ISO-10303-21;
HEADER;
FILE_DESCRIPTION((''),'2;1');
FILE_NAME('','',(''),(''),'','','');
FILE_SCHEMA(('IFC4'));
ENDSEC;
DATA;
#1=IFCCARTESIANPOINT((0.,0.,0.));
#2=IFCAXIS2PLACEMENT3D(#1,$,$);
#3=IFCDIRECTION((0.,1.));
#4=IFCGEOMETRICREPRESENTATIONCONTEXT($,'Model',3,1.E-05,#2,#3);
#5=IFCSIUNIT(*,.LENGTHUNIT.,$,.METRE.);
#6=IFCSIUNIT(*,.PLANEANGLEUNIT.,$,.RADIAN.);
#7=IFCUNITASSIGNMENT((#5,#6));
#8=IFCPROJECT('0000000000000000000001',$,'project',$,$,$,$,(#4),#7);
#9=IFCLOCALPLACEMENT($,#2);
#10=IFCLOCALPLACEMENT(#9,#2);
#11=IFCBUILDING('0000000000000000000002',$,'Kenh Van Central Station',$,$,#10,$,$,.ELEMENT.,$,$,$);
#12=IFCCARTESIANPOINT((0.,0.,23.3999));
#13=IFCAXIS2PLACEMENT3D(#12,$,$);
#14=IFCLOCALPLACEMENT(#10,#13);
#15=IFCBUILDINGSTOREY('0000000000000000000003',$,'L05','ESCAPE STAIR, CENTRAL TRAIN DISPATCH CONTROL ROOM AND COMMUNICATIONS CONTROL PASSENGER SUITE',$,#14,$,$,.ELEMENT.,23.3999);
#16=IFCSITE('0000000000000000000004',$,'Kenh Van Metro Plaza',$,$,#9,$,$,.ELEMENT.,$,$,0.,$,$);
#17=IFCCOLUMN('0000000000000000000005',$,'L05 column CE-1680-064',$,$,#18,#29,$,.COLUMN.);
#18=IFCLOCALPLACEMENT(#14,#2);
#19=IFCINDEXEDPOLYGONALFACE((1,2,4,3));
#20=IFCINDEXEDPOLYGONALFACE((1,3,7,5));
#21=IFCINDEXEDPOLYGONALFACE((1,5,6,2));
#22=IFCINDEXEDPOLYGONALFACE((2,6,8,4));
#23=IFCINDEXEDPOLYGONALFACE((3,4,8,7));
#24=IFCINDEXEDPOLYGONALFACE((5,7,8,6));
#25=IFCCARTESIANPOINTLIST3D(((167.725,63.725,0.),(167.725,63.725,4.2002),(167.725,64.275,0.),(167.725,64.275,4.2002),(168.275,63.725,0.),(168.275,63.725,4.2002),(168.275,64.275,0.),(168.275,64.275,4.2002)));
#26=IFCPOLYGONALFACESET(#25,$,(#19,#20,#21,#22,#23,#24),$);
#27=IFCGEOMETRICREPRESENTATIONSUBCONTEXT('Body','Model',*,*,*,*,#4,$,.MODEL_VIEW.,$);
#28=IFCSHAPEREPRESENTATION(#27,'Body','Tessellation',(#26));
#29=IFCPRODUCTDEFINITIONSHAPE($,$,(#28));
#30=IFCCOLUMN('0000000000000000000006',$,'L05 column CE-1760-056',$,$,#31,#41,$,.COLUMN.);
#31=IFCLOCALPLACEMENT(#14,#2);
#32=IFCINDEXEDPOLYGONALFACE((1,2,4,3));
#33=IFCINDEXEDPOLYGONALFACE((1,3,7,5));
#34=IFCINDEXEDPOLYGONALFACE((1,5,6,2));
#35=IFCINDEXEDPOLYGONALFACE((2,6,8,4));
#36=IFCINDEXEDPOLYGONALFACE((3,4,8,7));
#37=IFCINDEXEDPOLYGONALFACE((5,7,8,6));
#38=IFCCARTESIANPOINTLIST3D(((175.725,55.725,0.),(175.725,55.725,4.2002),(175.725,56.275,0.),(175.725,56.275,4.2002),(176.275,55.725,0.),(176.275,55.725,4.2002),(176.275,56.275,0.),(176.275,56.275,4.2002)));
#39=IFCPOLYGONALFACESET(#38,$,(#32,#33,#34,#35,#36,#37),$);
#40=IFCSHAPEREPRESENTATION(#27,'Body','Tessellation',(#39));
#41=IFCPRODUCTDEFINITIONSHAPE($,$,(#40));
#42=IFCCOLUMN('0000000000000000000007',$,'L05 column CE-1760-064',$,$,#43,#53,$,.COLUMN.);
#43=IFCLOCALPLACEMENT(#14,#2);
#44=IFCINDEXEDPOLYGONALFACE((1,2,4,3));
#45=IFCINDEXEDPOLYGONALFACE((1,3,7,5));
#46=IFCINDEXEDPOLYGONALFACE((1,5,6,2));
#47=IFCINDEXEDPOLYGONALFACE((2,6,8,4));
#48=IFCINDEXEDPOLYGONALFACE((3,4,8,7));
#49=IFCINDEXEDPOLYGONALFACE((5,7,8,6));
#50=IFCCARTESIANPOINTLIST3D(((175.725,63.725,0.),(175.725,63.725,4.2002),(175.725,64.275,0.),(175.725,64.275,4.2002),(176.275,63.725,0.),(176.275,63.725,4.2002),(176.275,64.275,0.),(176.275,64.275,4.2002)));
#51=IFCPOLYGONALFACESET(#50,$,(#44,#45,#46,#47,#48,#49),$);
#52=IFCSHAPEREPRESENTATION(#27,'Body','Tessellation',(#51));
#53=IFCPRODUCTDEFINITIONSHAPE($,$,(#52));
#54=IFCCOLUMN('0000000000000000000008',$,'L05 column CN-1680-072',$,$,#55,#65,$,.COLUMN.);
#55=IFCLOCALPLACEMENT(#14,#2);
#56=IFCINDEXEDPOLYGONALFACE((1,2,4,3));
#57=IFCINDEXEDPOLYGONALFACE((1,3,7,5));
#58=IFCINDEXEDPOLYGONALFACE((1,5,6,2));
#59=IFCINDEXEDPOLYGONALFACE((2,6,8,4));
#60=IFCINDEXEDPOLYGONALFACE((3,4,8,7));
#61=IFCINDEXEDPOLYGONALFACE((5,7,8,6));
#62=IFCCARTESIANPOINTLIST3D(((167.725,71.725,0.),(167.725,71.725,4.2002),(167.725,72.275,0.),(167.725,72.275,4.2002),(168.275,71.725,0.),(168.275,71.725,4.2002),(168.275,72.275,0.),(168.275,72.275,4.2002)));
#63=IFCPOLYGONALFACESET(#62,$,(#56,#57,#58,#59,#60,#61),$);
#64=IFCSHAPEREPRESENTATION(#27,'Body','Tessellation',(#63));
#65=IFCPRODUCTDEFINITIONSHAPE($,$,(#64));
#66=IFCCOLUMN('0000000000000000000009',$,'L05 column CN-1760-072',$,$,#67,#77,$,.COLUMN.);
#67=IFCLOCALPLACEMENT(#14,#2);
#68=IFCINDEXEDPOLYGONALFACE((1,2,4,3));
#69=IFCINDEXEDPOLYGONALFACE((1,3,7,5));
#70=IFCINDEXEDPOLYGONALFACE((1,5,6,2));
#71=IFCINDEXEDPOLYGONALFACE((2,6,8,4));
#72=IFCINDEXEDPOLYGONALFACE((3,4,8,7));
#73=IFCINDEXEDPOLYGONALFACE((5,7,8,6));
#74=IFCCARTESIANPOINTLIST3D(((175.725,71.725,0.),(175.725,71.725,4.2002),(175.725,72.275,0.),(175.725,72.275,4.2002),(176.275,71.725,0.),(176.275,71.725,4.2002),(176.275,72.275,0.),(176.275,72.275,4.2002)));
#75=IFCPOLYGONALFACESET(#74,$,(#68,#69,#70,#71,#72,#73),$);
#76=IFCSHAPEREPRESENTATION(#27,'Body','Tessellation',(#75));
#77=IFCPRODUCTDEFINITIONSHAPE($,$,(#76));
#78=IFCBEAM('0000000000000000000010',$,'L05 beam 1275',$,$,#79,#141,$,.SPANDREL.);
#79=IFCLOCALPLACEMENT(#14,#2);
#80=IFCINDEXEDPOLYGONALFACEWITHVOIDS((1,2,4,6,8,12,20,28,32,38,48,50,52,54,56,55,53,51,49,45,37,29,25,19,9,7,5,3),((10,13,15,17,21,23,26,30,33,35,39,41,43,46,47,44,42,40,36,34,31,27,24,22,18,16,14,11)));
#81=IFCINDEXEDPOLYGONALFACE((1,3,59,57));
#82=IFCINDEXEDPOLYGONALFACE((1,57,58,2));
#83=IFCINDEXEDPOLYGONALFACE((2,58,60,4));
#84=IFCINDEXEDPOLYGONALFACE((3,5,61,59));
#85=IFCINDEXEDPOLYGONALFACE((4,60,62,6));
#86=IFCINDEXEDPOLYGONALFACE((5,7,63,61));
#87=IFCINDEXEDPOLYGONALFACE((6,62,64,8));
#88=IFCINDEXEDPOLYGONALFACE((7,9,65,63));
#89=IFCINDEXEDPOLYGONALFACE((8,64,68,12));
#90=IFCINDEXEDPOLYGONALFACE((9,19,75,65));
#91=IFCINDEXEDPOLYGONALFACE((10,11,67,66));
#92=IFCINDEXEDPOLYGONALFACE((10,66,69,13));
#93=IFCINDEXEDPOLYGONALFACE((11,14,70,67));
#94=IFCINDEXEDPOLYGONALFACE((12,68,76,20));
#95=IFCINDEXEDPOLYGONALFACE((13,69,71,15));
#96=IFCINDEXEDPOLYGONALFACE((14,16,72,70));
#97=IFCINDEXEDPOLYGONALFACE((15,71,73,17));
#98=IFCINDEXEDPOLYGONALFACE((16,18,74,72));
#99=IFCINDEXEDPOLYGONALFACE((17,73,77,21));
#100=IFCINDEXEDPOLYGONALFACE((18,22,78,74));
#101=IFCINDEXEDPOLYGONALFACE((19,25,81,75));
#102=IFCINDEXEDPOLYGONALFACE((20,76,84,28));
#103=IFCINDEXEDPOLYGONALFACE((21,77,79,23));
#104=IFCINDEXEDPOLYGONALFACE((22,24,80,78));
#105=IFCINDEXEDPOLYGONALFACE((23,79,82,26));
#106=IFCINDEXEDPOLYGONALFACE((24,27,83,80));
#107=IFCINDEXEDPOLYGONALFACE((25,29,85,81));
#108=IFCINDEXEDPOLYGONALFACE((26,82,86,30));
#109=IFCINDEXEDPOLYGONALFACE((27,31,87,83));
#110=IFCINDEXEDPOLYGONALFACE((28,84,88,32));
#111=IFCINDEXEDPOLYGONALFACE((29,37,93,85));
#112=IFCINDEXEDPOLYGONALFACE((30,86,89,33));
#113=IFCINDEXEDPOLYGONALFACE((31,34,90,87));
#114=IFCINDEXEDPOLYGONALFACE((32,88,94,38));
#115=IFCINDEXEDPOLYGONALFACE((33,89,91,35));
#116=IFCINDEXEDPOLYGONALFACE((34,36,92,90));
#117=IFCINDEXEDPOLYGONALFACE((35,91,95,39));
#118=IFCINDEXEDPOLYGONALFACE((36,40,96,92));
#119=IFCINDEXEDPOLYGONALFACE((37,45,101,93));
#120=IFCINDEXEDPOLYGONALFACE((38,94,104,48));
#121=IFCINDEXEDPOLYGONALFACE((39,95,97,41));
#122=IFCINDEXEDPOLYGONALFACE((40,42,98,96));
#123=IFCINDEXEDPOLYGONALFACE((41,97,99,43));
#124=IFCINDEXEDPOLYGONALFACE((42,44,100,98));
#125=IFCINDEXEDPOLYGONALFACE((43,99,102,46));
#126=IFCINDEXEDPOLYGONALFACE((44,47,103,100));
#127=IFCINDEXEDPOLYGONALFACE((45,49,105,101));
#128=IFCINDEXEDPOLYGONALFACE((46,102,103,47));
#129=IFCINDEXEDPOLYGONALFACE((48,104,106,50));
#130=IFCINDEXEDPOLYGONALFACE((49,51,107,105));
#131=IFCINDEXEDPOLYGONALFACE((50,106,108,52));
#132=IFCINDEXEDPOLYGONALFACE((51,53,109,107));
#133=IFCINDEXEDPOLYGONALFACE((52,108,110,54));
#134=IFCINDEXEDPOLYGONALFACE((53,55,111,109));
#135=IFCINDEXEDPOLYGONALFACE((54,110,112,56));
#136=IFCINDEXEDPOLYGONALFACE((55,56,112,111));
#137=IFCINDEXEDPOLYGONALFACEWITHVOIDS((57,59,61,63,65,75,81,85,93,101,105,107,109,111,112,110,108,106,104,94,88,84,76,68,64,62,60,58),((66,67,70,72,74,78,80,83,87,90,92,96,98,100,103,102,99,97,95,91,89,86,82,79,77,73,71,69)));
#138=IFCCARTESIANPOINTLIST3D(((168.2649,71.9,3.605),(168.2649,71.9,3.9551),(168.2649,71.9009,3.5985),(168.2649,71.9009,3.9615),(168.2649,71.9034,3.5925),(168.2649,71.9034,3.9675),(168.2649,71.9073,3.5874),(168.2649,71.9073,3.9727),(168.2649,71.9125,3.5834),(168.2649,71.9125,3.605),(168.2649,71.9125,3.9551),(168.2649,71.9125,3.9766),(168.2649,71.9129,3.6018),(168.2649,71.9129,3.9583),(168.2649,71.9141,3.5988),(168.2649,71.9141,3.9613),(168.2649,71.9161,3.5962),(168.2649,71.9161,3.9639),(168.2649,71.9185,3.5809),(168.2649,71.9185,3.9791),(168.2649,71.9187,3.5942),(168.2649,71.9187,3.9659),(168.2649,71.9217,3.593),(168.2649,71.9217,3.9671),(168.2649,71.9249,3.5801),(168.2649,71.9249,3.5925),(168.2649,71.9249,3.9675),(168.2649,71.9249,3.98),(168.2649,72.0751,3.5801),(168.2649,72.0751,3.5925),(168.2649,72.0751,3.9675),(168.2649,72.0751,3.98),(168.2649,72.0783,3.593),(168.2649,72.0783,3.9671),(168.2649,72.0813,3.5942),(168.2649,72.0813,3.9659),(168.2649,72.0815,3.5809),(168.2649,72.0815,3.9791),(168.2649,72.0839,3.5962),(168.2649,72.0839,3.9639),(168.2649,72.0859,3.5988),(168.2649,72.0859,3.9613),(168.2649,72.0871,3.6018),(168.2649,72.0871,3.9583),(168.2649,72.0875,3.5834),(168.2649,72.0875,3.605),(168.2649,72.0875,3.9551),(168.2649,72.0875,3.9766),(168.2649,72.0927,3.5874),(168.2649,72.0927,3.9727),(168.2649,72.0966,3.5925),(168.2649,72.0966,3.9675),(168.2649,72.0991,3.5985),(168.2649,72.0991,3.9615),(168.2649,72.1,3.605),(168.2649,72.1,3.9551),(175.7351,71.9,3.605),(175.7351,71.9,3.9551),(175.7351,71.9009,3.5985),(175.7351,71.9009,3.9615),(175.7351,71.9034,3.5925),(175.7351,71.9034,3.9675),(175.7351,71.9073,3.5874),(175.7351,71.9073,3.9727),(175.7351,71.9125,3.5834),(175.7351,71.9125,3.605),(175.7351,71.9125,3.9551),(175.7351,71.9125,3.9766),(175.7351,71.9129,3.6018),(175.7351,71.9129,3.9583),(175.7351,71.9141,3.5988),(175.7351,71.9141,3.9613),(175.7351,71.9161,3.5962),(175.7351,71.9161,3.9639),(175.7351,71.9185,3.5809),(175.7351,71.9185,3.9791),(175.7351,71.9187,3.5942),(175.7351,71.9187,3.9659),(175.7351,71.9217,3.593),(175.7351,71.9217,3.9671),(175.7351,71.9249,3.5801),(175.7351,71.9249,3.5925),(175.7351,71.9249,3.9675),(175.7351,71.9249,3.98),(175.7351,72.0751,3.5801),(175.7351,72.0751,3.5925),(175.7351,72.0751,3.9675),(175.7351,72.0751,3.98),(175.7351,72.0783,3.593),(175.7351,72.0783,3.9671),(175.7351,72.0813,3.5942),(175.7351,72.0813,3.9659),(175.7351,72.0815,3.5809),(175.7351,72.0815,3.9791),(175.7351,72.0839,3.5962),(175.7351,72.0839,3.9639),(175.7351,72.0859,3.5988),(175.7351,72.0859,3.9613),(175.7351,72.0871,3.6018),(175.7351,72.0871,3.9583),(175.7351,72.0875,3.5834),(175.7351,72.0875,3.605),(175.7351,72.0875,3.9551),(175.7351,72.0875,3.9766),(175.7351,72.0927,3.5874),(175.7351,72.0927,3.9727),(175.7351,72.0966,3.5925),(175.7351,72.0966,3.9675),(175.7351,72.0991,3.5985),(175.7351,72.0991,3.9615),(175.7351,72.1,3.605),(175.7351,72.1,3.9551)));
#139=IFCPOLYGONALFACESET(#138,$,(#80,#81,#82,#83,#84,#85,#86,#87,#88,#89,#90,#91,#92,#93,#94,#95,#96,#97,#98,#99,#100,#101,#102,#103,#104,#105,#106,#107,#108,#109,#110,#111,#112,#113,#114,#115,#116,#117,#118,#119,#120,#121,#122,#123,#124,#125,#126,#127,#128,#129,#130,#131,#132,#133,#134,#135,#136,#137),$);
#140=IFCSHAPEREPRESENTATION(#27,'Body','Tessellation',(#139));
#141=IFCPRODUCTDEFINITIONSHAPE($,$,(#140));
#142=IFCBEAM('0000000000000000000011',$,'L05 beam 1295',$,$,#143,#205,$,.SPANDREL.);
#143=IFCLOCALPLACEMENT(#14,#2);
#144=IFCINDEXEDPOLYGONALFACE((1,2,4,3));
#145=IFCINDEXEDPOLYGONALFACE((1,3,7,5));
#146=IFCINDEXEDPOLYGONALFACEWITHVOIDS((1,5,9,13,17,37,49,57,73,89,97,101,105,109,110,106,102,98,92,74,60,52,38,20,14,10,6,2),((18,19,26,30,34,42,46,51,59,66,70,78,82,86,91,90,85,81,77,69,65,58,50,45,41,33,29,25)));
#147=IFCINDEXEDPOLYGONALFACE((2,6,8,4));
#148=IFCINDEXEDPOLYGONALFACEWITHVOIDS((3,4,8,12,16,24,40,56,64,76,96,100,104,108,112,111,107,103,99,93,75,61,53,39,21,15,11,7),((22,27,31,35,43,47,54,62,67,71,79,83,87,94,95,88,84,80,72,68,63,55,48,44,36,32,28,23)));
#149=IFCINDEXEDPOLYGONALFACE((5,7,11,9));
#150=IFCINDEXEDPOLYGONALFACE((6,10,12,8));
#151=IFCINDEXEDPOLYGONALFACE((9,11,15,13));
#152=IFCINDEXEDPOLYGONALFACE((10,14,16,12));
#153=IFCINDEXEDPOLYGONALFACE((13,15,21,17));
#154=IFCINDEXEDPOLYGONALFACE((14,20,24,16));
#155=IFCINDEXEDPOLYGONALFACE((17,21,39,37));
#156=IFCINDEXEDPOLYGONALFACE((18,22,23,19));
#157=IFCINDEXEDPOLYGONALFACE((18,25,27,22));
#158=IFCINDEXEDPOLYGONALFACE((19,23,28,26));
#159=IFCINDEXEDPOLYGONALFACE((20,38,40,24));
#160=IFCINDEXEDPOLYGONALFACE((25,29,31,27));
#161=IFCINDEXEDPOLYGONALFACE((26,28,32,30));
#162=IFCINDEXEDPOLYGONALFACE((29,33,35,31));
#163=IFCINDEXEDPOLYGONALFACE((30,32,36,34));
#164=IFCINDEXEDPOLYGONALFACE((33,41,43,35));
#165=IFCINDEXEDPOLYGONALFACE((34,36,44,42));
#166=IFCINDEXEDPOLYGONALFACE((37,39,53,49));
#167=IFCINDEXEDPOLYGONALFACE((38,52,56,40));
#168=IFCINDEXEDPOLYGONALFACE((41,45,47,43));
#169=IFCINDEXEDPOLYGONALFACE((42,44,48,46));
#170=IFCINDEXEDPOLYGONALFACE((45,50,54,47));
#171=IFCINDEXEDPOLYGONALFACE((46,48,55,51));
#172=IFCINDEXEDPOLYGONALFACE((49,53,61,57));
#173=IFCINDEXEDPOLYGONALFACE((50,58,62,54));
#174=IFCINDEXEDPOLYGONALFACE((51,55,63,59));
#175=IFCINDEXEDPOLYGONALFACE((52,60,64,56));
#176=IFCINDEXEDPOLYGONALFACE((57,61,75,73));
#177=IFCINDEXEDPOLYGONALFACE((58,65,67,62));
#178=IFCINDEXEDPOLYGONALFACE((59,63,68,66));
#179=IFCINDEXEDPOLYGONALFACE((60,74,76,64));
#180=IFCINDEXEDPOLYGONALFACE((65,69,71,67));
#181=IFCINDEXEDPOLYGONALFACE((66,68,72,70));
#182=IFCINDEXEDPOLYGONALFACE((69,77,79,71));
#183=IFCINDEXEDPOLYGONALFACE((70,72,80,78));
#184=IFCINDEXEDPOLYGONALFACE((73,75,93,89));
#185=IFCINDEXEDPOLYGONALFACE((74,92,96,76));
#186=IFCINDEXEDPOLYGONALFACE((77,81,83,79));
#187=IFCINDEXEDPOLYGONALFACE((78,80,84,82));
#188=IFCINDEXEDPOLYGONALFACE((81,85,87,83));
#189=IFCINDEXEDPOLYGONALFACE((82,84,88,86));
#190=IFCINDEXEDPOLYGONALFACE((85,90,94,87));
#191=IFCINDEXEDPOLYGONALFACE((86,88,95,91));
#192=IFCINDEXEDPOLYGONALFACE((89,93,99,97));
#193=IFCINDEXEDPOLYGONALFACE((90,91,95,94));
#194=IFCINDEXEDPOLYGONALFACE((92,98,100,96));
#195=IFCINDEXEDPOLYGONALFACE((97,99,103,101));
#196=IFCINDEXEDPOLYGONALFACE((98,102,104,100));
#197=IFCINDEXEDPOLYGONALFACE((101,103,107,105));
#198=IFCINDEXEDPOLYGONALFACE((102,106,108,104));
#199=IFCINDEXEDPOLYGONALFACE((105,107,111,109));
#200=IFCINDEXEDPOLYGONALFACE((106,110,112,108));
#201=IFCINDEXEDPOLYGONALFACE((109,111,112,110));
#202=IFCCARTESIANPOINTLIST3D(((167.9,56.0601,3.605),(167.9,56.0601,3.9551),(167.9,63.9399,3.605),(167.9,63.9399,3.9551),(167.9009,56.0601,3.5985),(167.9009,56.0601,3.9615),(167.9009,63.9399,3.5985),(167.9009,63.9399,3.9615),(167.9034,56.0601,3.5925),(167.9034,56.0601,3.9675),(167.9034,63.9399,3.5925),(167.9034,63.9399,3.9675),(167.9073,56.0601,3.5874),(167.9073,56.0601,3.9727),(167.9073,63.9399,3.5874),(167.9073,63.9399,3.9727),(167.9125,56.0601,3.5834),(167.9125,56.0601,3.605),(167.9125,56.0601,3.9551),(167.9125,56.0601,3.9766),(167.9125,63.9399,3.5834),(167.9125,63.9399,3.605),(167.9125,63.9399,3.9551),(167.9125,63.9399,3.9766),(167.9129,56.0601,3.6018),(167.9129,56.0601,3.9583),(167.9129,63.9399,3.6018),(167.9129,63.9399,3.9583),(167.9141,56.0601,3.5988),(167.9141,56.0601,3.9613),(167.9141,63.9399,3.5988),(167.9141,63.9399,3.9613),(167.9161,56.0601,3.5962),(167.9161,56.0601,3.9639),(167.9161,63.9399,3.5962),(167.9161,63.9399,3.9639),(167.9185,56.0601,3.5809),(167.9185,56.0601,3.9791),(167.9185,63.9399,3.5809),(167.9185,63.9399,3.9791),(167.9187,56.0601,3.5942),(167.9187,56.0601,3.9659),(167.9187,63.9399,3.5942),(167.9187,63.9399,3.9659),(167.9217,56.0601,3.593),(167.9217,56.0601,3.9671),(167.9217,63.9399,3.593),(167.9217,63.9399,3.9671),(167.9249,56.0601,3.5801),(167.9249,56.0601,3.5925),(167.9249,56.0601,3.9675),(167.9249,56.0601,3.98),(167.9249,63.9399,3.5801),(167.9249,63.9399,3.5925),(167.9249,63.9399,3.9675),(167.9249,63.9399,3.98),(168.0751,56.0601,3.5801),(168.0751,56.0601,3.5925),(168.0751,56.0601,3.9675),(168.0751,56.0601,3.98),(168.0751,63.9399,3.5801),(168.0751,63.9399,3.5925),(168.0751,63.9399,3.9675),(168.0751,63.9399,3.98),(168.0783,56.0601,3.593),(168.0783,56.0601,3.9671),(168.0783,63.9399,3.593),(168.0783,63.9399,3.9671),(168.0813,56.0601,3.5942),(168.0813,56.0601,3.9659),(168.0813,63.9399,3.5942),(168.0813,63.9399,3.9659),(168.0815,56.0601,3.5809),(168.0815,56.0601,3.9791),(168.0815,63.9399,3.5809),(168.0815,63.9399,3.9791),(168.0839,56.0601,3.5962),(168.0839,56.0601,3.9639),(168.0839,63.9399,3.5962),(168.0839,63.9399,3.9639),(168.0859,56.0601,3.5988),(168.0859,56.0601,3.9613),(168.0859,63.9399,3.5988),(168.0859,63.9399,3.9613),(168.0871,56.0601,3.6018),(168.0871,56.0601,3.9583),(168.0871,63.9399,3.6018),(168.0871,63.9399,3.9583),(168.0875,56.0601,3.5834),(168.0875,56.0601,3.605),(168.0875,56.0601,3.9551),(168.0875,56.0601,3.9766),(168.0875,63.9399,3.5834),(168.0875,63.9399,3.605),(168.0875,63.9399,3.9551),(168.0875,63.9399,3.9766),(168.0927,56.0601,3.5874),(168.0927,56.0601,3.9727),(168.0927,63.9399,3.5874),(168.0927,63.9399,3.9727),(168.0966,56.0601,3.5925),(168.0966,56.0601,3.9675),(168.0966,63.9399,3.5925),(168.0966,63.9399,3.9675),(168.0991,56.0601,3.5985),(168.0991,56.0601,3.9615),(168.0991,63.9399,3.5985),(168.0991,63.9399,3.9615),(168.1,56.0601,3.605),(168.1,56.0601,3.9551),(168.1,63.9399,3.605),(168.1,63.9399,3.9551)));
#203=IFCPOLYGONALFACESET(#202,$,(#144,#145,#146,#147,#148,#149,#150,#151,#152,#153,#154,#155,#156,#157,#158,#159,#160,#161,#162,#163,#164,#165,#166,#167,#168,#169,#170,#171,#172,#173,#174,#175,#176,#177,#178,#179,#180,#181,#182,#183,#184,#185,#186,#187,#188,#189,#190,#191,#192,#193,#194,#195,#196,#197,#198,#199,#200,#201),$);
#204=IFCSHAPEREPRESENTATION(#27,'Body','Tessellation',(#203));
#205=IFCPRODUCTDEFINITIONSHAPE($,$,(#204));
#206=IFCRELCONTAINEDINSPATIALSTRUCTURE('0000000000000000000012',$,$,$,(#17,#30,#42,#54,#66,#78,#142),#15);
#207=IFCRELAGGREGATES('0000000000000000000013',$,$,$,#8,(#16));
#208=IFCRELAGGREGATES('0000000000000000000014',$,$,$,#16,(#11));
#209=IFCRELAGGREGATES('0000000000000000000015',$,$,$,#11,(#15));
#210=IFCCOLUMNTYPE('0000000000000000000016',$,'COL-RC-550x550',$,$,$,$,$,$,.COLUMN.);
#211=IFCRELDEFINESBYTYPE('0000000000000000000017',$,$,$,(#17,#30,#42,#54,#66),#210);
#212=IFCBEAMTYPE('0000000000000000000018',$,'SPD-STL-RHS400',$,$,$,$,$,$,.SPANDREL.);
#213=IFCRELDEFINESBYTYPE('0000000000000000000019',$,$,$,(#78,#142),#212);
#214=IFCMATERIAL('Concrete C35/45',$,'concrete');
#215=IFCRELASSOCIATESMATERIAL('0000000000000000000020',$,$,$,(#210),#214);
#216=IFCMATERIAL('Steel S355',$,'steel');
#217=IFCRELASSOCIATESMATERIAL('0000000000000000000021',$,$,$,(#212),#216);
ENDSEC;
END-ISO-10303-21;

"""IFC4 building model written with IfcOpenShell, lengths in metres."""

from ifc_helpers import new_model, si_unit, direction, frame, origin, origin_2d, place, context, subcontext, project, spatial, rectangle, hollow_rectangle, extrude, material, material_profile, profile_set, type_object, element, save


model = new_model("IFC4")

# Units and contexts
model_context = context("Model", 3, precision=1e-05, world=origin(), true_north=direction((0.0, 1.0)))
body_context = subcontext(model_context, "Body", "Model", "MODEL_VIEW")
ifc_project = project(units=[si_unit("LENGTHUNIT", "METRE"), si_unit("PLANEANGLEUNIT", "RADIAN")], contexts=[model_context])

# Site, building, storey
site_placement = place(None, origin())
site = spatial("IfcSite", under=ifc_project, at=site_placement, Name="Kenh Van Metro Plaza", CompositionType="ELEMENT", RefElevation=0.0)
building_placement = place(site_placement, origin())
building = spatial("IfcBuilding", under=site, at=building_placement, Name="Kenh Van Central Station", CompositionType="ELEMENT")
storey_placement = place(building_placement, frame((0.0, 0.0, 23.3999)))
storey = spatial("IfcBuildingStorey", under=building, at=storey_placement, Name="L05", Description="ESCAPE STAIR, CENTRAL TRAIN DISPATCH CONTROL ROOM AND COMMUNICATIONS CONTROL PASSENGER SUITE", CompositionType="ELEMENT", Elevation=23.3999)

# Columns
ifc_material_1 = material(Name="Concrete C35/45", Category="concrete")
ifc_material_profile_1 = material_profile(ifc_material_1, rectangle(XDim=0.55, YDim=0.55, at=origin_2d()), Name="RC 550x550")
ifc_profile_set_1 = profile_set([ifc_material_profile_1], Name="Concrete C35/45")
column_type = type_object("IfcColumnType", Name="COL-RC-550x550", PredefinedType="COLUMN", material=ifc_profile_set_1)
for number, where, z_axis, x_axis, name in (
    (1, (168.0, 64.0, 0.0), (0.0, 0.0, 1.0), (1.0, 0.0, 0.0), "L05 column CE-1680-064"),
    (2, (176.0, 56.0, 0.0), (0.0, 0.0, 1.0), (1.0, 0.0, 0.0), "L05 column CE-1760-056"),
    (3, (176.0, 64.0, 0.0), (0.0, 0.0, 1.0), (1.0, 0.0, 0.0), "L05 column CE-1760-064"),
    (4, (168.0, 72.0, 0.0), (0.0, 0.0, 1.0), (1.0, 0.0, 0.0), "L05 column CN-1680-072"),
    (5, (176.0, 72.0, 0.0), (0.0, 0.0, 1.0), (1.0, 0.0, 0.0), "L05 column CN-1760-072"),
):
    element("IfcColumn", number, at=place(storey_placement, frame(where, z_axis=z_axis, x_axis=x_axis)), inside=storey, type_object=column_type, Name=name, PredefinedType="COLUMN", context=body_context, shape_type="SweptSolid", body=[
        extrude(rectangle(XDim=0.55, YDim=0.55, at=origin_2d()), origin(), (0.0, 0.0, 1.0), 4.2002),
    ])

# Beams
ifc_material_2 = material(Name="Steel S355", Category="steel")
ifc_material_profile_2 = material_profile(ifc_material_2, hollow_rectangle(XDim=0.2, YDim=0.3999, WallThickness=0.0125, InnerFilletRadius=0.0125, OuterFilletRadius=0.0249, at=origin_2d()), Name="RHS 400x200x12.5")
ifc_profile_set_2 = profile_set([ifc_material_profile_2], Name="Steel S355")
beam_type = type_object("IfcBeamType", Name="SPD-STL-RHS400", PredefinedType="SPANDREL", material=ifc_profile_set_2)
beam_placement = place(storey_placement, frame((168.2649, 72.0, 3.78), z_axis=(1.0, 0.0, 0.0), x_axis=(0.0, 1.0, 0.0)))
element("IfcBeam", 6, at=beam_placement, inside=storey, type_object=beam_type, Name="L05 beam 1275", PredefinedType="SPANDREL", context=body_context, shape_type="SweptSolid", body=[
    extrude(hollow_rectangle(XDim=0.2, YDim=0.3999, WallThickness=0.0125, InnerFilletRadius=0.0125, OuterFilletRadius=0.0249, at=origin_2d()), origin(), (0.0, 0.0, 1.0), 7.4702),
])
for number, where, z_axis, x_axis, name in (
    (7, (168.0, 56.0601, 3.78), (0.0, 1.0, 0.0), (-1.0, 0.0, 0.0), "L05 beam 1295"),
):
    element("IfcBeam", number, at=place(storey_placement, frame(where, z_axis=z_axis, x_axis=x_axis)), inside=storey, type_object=beam_type, Name=name, PredefinedType="SPANDREL", context=body_context, shape_type="SweptSolid", body=[
        extrude(hollow_rectangle(XDim=0.2, YDim=0.3999, WallThickness=0.0125, InnerFilletRadius=0.0125, OuterFilletRadius=0.0249, at=origin_2d()), origin(), (0.0, 0.0, 1.0), 7.8799),
    ])

save(model, "model.ifc")
